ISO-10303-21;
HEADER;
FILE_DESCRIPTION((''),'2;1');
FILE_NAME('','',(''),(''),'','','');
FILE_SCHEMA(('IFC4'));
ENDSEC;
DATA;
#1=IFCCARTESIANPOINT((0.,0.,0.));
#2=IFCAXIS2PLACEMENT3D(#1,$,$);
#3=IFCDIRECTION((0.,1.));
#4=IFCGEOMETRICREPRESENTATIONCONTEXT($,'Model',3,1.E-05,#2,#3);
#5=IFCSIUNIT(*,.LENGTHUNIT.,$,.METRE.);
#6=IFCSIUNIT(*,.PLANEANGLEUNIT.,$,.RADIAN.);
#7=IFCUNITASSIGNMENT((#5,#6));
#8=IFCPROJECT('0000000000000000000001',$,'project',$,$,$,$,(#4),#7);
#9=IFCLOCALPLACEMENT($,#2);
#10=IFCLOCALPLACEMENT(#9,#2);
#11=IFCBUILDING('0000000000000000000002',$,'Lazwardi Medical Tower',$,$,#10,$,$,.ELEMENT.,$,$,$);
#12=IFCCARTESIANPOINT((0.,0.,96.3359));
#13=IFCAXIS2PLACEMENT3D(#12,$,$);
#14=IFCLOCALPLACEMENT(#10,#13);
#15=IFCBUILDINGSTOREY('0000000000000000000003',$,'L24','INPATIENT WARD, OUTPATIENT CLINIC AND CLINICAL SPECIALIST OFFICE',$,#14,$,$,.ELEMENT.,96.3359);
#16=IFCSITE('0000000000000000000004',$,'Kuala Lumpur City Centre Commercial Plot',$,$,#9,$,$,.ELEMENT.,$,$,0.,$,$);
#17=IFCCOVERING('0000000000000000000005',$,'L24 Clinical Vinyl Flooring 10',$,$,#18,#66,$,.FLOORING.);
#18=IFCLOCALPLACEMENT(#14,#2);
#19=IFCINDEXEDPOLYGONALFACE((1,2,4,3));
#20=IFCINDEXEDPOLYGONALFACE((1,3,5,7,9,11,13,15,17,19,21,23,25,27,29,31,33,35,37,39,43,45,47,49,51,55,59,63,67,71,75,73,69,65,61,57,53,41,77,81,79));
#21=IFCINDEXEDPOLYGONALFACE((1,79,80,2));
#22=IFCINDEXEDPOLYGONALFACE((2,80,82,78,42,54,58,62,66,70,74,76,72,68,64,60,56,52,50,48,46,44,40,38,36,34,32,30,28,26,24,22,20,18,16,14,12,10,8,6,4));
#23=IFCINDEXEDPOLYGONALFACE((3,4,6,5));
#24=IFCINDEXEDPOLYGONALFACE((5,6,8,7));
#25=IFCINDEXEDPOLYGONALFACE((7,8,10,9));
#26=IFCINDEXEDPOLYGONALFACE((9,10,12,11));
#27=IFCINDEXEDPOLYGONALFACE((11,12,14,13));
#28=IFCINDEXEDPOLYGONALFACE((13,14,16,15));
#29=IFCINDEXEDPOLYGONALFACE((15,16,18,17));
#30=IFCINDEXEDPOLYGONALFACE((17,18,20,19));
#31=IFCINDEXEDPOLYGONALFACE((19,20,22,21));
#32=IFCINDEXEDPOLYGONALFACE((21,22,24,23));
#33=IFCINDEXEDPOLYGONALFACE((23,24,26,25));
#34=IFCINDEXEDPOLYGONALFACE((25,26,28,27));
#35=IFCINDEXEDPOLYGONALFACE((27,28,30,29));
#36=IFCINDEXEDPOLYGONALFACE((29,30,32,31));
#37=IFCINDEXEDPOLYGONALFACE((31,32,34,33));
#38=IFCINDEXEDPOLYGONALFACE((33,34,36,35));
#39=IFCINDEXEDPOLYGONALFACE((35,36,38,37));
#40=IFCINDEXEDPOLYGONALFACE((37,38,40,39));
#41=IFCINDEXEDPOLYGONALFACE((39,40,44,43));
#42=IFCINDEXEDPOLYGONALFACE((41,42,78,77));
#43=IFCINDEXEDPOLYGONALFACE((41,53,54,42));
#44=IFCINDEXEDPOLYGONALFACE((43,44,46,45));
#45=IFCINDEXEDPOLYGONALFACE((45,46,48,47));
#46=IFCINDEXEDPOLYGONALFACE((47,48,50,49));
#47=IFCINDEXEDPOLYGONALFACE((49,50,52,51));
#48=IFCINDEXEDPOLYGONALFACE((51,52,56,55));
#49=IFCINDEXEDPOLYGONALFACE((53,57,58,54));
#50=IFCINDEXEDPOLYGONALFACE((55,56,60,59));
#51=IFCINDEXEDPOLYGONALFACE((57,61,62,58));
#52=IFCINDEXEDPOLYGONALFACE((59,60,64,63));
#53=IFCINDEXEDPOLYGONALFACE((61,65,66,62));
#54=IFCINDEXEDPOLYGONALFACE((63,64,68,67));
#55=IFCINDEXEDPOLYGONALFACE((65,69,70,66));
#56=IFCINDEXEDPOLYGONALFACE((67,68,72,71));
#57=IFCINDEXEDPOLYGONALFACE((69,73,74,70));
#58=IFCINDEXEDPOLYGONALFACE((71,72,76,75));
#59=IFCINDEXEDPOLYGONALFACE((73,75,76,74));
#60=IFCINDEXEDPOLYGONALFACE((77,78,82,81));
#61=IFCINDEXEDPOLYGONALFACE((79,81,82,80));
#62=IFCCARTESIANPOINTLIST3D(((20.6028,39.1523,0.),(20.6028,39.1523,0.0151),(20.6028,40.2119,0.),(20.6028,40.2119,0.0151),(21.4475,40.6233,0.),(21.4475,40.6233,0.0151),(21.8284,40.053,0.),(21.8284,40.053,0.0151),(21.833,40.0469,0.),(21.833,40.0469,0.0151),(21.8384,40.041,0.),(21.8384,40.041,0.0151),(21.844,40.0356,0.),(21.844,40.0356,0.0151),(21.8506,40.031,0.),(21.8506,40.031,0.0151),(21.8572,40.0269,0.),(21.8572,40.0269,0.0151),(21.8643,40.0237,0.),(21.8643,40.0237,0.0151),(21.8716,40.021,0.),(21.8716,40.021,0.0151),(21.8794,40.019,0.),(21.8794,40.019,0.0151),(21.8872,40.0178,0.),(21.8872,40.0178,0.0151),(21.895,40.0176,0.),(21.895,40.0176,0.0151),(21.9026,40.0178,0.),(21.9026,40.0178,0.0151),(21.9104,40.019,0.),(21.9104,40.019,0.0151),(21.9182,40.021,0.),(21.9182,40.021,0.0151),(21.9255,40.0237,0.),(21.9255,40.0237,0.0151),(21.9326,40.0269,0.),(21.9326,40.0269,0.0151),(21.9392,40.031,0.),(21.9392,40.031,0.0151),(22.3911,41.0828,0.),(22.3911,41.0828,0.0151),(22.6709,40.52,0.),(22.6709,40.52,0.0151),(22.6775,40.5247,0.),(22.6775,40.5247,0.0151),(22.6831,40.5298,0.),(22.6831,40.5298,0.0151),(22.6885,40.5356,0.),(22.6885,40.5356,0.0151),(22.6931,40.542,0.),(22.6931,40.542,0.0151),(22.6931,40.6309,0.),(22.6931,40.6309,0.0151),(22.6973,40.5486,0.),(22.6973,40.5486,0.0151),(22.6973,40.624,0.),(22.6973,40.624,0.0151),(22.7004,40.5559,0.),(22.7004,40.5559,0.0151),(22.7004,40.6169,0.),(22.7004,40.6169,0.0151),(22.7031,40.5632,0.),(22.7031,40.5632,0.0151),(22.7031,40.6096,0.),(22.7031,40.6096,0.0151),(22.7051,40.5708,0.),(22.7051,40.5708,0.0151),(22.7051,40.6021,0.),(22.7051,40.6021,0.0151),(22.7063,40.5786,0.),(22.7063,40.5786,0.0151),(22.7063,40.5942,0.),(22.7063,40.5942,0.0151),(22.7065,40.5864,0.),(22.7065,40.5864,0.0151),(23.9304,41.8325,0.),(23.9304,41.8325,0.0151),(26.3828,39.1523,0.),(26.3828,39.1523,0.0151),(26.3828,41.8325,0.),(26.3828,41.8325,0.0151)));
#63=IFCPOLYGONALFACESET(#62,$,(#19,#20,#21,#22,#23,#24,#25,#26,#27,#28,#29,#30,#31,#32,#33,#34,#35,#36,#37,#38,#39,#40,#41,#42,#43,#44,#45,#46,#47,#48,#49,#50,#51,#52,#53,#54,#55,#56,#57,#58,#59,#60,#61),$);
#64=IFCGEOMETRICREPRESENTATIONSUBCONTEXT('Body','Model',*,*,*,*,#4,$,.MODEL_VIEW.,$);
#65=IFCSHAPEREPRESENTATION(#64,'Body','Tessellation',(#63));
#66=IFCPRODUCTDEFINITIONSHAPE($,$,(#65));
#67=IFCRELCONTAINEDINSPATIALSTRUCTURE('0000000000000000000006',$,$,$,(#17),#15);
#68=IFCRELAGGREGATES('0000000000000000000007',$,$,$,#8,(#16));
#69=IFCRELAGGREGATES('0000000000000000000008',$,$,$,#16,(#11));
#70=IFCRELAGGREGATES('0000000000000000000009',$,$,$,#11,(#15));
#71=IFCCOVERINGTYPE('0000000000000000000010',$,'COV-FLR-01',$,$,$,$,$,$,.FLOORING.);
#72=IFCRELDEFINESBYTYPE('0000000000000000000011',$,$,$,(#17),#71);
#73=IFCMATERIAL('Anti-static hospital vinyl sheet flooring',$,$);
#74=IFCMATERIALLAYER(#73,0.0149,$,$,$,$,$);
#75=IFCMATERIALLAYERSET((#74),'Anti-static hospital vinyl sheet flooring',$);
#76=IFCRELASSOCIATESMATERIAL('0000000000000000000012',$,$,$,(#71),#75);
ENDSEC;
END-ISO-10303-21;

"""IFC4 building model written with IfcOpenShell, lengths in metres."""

from ifc_helpers import new_model, si_unit, direction, frame, origin, place, context, subcontext, project, spatial, polyline, outline, extrude, material, layer, layer_set, type_object, element, save


model = new_model("IFC4")

# Units and contexts
model_context = context("Model", 3, precision=1e-05, world=origin(), true_north=direction((0.0, 1.0)))
body_context = subcontext(model_context, "Body", "Model", "MODEL_VIEW")
ifc_project = project(units=[si_unit("LENGTHUNIT", "METRE"), si_unit("PLANEANGLEUNIT", "RADIAN")], contexts=[model_context])

# Site, building, storey
site_placement = place(None, origin())
site = spatial("IfcSite", under=ifc_project, at=site_placement, Name="Kuala Lumpur City Centre Commercial Plot", CompositionType="ELEMENT", RefElevation=0.0)
building_placement = place(site_placement, origin())
building = spatial("IfcBuilding", under=site, at=building_placement, Name="Lazwardi Medical Tower", CompositionType="ELEMENT")
storey_placement = place(building_placement, frame((0.0, 0.0, 96.3359)))
storey = spatial("IfcBuildingStorey", under=building, at=storey_placement, Name="L24", Description="INPATIENT WARD, OUTPATIENT CLINIC AND CLINICAL SPECIALIST OFFICE", CompositionType="ELEMENT", Elevation=96.3359)

# Covering
ifc_material_1 = material(Name="Anti-static hospital vinyl sheet flooring")
ifc_layer_1 = layer(ifc_material_1, 0.0149)
ifc_layer_set_1 = layer_set([ifc_layer_1], Name="Anti-static hospital vinyl sheet flooring")
covering_type_1 = type_object("IfcCoveringType", Name="COV-FLR-01", PredefinedType="FLOORING", material=ifc_layer_set_1)
covering_1_placement = place(storey_placement, origin())
element("IfcCovering", 1, at=covering_1_placement, inside=storey, type_object=covering_type_1, Name="L24 Clinical Vinyl Flooring 10", PredefinedType="FLOORING", context=body_context, shape_type="SweptSolid", body=[
    extrude(outline(polyline([(23.9304, 41.8325), (22.3911, 41.0828), (22.6931, 40.6309), (22.6973, 40.624), (22.7004, 40.6169), (22.7031, 40.6096), (22.7051, 40.6021), (22.7063, 40.5942), (22.7065, 40.5864), (22.7063, 40.5786), (22.7051, 40.5708), (22.7031, 40.5632), (22.7004, 40.5559), (22.6973, 40.5486), (22.6931, 40.542), (22.6885, 40.5356), (22.6831, 40.5298), (22.6775, 40.5247), (22.6709, 40.52), (21.9392, 40.031), (21.9326, 40.0269), (21.9255, 40.0237), (21.9182, 40.021), (21.9104, 40.019), (21.9026, 40.0178), (21.895, 40.0176), (21.8872, 40.0178), (21.8794, 40.019), (21.8716, 40.021), (21.8643, 40.0237), (21.8572, 40.0269), (21.8506, 40.031), (21.844, 40.0356), (21.8384, 40.041), (21.833, 40.0469), (21.8284, 40.053), (21.4475, 40.6233), (20.6028, 40.2119), (20.6028, 39.1523), (26.3828, 39.1523), (26.3828, 41.8325), (23.9304, 41.8325)])), origin(), (0.0, 0.0, 1.0), 0.0151),
])

save(model, "model.ifc")
